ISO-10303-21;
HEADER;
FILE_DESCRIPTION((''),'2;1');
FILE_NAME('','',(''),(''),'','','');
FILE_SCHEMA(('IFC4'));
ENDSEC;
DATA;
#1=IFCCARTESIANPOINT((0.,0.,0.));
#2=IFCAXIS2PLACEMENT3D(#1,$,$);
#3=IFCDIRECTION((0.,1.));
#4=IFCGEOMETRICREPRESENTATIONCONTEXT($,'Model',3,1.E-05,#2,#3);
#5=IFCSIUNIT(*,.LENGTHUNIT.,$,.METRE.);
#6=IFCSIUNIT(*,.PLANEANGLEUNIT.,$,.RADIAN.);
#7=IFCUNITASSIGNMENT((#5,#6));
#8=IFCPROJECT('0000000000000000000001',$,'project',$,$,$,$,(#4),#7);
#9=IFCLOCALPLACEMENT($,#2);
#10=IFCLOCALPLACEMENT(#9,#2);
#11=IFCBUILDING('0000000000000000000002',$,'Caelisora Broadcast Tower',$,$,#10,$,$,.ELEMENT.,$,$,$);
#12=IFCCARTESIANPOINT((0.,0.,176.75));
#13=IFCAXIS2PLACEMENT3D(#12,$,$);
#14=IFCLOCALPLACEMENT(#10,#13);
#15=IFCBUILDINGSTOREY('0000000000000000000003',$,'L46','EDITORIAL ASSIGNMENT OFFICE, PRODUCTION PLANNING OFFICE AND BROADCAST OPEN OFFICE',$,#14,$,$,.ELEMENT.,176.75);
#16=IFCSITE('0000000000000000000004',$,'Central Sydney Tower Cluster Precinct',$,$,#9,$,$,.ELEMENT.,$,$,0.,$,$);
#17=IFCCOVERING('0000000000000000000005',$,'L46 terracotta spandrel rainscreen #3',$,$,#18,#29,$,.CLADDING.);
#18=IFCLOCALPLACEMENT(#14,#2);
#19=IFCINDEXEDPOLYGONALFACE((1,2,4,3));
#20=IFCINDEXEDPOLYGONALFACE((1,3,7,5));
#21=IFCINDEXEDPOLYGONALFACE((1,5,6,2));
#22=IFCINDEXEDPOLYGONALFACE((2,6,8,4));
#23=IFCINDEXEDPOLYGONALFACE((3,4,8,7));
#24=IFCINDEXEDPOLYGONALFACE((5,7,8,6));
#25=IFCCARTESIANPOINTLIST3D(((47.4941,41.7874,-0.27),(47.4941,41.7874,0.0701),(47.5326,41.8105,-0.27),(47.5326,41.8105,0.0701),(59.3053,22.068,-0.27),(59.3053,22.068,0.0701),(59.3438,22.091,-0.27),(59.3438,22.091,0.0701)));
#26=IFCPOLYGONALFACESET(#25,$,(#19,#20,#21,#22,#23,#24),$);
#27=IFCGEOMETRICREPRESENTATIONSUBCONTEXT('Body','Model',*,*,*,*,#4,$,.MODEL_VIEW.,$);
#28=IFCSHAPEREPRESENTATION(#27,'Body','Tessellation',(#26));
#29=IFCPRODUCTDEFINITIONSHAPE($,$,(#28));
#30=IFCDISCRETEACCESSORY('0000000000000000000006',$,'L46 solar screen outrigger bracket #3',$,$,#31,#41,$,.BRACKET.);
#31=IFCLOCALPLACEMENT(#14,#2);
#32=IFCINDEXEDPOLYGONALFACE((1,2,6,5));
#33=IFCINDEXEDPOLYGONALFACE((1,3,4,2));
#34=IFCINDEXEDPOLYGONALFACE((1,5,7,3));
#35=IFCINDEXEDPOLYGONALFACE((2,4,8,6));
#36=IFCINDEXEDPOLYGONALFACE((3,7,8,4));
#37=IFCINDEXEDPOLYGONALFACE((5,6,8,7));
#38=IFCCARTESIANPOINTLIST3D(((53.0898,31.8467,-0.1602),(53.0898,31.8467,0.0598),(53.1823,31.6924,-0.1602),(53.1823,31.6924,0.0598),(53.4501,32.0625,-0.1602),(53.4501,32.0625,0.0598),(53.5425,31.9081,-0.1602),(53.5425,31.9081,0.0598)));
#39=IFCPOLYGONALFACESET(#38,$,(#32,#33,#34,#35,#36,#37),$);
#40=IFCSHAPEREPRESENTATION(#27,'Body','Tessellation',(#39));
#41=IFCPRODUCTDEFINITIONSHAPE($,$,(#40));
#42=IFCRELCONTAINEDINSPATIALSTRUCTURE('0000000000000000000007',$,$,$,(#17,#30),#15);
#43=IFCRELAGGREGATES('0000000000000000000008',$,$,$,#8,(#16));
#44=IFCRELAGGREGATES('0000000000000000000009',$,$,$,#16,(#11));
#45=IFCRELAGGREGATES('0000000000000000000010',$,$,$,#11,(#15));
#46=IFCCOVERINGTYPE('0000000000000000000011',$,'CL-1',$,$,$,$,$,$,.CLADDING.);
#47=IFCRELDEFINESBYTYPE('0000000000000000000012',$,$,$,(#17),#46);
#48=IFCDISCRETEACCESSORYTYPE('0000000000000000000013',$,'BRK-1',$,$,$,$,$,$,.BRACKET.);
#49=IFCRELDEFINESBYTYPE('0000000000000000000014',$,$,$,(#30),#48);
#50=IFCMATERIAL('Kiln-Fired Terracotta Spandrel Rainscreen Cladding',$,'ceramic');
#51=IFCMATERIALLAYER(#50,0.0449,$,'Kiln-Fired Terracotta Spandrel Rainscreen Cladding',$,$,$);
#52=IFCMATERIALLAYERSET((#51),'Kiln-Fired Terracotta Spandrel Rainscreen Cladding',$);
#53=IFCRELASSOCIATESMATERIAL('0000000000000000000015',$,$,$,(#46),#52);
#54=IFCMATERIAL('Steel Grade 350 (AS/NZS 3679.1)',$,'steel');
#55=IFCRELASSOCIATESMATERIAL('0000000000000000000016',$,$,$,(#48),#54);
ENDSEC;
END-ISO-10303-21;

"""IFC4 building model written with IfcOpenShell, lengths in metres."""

from ifc_helpers import new_model, si_unit, direction, frame, origin, origin_2d, place, context, subcontext, project, spatial, rectangle, extrude, source, transform, mapped, material, layer, layer_set, type_object, type_shapes, element, save


model = new_model("IFC4")

# Units and contexts
model_context = context("Model", 3, precision=1e-05, world=origin(), true_north=direction((0.0, 1.0)))
body_context = subcontext(model_context, "Body", "Model", "MODEL_VIEW")
ifc_project = project(units=[si_unit("LENGTHUNIT", "METRE"), si_unit("PLANEANGLEUNIT", "RADIAN")], contexts=[model_context])

# Site, building, storey
site_placement = place(None, origin())
site = spatial("IfcSite", under=ifc_project, at=site_placement, Name="Central Sydney Tower Cluster Precinct", CompositionType="ELEMENT", RefElevation=0.0)
building_placement = place(site_placement, origin())
building = spatial("IfcBuilding", under=site, at=building_placement, Name="Caelisora Broadcast Tower", CompositionType="ELEMENT")
storey_placement = place(building_placement, frame((0.0, 0.0, 176.75)))
storey = spatial("IfcBuildingStorey", under=building, at=storey_placement, Name="L46", Description="EDITORIAL ASSIGNMENT OFFICE, PRODUCTION PLANNING OFFICE AND BROADCAST OPEN OFFICE", CompositionType="ELEMENT", Elevation=176.75)

# Shared definitions
ifc_material_1 = material(Name="Steel Grade 350 (AS/NZS 3679.1)", Category="steel")

# Shared definitions
ifc_material_2 = material(Name="Kiln-Fired Terracotta Spandrel Rainscreen Cladding", Category="ceramic")
ifc_layer_1 = layer(ifc_material_2, 0.0449, Name="Kiln-Fired Terracotta Spandrel Rainscreen Cladding")
ifc_layer_set_1 = layer_set([ifc_layer_1], Name="Kiln-Fired Terracotta Spandrel Rainscreen Cladding")
covering_type = type_object("IfcCoveringType", Name="CL-1", PredefinedType="CLADDING", material=ifc_layer_set_1)

# Covering
shared_shape_1 = source(origin(), body_context, "Body", "SweptSolid", [
    extrude(rectangle(XDim=22.9861, YDim=0.0449, at=origin_2d()), origin(), (0.0, 0.0, 1.0), 0.3401),
])
covering_1_placement = place(storey_placement, frame((53.4189, 31.9392, -0.27), z_axis=(0.0, 0.0, 1.0), x_axis=(-0.513841, 0.857886, 0.0)))
element("IfcCovering", 1, at=covering_1_placement, inside=storey, type_object=covering_type, Name="L46 terracotta spandrel rainscreen #3", PredefinedType="CLADDING", context=body_context, shape_type="MappedRepresentation", body=[
    mapped(shared_shape_1, transform((0.0, 0.0, 0.0), scale=1.0)),
])

# Discrete accessory
discrete_accessory_type = type_object("IfcDiscreteAccessoryType", Name="BRK-1", PredefinedType="BRACKET", material=ifc_material_1)
shared_shape_2 = source(origin(), body_context, "Body", "SweptSolid", [
    extrude(rectangle(XDim=0.1799, YDim=0.4199, at=origin_2d()), origin(), (0.0, 0.0, 1.0), 0.22),
])
type_shapes(discrete_accessory_type, [shared_shape_2])
discrete_accessory_placement = place(storey_placement, frame((53.3162, 31.8774, -0.1602), z_axis=(0.0, 0.0, 1.0), x_axis=(-0.513841, 0.857886, 0.0)))
element("IfcDiscreteAccessory", 2, at=discrete_accessory_placement, inside=storey, type_object=discrete_accessory_type, Name="L46 solar screen outrigger bracket #3", PredefinedType="BRACKET", context=body_context, shape_type="MappedRepresentation", body=[
    mapped(shared_shape_2, transform((0.0, 0.0, 0.0), scale=1.0)),
])

save(model, "model.ifc")
